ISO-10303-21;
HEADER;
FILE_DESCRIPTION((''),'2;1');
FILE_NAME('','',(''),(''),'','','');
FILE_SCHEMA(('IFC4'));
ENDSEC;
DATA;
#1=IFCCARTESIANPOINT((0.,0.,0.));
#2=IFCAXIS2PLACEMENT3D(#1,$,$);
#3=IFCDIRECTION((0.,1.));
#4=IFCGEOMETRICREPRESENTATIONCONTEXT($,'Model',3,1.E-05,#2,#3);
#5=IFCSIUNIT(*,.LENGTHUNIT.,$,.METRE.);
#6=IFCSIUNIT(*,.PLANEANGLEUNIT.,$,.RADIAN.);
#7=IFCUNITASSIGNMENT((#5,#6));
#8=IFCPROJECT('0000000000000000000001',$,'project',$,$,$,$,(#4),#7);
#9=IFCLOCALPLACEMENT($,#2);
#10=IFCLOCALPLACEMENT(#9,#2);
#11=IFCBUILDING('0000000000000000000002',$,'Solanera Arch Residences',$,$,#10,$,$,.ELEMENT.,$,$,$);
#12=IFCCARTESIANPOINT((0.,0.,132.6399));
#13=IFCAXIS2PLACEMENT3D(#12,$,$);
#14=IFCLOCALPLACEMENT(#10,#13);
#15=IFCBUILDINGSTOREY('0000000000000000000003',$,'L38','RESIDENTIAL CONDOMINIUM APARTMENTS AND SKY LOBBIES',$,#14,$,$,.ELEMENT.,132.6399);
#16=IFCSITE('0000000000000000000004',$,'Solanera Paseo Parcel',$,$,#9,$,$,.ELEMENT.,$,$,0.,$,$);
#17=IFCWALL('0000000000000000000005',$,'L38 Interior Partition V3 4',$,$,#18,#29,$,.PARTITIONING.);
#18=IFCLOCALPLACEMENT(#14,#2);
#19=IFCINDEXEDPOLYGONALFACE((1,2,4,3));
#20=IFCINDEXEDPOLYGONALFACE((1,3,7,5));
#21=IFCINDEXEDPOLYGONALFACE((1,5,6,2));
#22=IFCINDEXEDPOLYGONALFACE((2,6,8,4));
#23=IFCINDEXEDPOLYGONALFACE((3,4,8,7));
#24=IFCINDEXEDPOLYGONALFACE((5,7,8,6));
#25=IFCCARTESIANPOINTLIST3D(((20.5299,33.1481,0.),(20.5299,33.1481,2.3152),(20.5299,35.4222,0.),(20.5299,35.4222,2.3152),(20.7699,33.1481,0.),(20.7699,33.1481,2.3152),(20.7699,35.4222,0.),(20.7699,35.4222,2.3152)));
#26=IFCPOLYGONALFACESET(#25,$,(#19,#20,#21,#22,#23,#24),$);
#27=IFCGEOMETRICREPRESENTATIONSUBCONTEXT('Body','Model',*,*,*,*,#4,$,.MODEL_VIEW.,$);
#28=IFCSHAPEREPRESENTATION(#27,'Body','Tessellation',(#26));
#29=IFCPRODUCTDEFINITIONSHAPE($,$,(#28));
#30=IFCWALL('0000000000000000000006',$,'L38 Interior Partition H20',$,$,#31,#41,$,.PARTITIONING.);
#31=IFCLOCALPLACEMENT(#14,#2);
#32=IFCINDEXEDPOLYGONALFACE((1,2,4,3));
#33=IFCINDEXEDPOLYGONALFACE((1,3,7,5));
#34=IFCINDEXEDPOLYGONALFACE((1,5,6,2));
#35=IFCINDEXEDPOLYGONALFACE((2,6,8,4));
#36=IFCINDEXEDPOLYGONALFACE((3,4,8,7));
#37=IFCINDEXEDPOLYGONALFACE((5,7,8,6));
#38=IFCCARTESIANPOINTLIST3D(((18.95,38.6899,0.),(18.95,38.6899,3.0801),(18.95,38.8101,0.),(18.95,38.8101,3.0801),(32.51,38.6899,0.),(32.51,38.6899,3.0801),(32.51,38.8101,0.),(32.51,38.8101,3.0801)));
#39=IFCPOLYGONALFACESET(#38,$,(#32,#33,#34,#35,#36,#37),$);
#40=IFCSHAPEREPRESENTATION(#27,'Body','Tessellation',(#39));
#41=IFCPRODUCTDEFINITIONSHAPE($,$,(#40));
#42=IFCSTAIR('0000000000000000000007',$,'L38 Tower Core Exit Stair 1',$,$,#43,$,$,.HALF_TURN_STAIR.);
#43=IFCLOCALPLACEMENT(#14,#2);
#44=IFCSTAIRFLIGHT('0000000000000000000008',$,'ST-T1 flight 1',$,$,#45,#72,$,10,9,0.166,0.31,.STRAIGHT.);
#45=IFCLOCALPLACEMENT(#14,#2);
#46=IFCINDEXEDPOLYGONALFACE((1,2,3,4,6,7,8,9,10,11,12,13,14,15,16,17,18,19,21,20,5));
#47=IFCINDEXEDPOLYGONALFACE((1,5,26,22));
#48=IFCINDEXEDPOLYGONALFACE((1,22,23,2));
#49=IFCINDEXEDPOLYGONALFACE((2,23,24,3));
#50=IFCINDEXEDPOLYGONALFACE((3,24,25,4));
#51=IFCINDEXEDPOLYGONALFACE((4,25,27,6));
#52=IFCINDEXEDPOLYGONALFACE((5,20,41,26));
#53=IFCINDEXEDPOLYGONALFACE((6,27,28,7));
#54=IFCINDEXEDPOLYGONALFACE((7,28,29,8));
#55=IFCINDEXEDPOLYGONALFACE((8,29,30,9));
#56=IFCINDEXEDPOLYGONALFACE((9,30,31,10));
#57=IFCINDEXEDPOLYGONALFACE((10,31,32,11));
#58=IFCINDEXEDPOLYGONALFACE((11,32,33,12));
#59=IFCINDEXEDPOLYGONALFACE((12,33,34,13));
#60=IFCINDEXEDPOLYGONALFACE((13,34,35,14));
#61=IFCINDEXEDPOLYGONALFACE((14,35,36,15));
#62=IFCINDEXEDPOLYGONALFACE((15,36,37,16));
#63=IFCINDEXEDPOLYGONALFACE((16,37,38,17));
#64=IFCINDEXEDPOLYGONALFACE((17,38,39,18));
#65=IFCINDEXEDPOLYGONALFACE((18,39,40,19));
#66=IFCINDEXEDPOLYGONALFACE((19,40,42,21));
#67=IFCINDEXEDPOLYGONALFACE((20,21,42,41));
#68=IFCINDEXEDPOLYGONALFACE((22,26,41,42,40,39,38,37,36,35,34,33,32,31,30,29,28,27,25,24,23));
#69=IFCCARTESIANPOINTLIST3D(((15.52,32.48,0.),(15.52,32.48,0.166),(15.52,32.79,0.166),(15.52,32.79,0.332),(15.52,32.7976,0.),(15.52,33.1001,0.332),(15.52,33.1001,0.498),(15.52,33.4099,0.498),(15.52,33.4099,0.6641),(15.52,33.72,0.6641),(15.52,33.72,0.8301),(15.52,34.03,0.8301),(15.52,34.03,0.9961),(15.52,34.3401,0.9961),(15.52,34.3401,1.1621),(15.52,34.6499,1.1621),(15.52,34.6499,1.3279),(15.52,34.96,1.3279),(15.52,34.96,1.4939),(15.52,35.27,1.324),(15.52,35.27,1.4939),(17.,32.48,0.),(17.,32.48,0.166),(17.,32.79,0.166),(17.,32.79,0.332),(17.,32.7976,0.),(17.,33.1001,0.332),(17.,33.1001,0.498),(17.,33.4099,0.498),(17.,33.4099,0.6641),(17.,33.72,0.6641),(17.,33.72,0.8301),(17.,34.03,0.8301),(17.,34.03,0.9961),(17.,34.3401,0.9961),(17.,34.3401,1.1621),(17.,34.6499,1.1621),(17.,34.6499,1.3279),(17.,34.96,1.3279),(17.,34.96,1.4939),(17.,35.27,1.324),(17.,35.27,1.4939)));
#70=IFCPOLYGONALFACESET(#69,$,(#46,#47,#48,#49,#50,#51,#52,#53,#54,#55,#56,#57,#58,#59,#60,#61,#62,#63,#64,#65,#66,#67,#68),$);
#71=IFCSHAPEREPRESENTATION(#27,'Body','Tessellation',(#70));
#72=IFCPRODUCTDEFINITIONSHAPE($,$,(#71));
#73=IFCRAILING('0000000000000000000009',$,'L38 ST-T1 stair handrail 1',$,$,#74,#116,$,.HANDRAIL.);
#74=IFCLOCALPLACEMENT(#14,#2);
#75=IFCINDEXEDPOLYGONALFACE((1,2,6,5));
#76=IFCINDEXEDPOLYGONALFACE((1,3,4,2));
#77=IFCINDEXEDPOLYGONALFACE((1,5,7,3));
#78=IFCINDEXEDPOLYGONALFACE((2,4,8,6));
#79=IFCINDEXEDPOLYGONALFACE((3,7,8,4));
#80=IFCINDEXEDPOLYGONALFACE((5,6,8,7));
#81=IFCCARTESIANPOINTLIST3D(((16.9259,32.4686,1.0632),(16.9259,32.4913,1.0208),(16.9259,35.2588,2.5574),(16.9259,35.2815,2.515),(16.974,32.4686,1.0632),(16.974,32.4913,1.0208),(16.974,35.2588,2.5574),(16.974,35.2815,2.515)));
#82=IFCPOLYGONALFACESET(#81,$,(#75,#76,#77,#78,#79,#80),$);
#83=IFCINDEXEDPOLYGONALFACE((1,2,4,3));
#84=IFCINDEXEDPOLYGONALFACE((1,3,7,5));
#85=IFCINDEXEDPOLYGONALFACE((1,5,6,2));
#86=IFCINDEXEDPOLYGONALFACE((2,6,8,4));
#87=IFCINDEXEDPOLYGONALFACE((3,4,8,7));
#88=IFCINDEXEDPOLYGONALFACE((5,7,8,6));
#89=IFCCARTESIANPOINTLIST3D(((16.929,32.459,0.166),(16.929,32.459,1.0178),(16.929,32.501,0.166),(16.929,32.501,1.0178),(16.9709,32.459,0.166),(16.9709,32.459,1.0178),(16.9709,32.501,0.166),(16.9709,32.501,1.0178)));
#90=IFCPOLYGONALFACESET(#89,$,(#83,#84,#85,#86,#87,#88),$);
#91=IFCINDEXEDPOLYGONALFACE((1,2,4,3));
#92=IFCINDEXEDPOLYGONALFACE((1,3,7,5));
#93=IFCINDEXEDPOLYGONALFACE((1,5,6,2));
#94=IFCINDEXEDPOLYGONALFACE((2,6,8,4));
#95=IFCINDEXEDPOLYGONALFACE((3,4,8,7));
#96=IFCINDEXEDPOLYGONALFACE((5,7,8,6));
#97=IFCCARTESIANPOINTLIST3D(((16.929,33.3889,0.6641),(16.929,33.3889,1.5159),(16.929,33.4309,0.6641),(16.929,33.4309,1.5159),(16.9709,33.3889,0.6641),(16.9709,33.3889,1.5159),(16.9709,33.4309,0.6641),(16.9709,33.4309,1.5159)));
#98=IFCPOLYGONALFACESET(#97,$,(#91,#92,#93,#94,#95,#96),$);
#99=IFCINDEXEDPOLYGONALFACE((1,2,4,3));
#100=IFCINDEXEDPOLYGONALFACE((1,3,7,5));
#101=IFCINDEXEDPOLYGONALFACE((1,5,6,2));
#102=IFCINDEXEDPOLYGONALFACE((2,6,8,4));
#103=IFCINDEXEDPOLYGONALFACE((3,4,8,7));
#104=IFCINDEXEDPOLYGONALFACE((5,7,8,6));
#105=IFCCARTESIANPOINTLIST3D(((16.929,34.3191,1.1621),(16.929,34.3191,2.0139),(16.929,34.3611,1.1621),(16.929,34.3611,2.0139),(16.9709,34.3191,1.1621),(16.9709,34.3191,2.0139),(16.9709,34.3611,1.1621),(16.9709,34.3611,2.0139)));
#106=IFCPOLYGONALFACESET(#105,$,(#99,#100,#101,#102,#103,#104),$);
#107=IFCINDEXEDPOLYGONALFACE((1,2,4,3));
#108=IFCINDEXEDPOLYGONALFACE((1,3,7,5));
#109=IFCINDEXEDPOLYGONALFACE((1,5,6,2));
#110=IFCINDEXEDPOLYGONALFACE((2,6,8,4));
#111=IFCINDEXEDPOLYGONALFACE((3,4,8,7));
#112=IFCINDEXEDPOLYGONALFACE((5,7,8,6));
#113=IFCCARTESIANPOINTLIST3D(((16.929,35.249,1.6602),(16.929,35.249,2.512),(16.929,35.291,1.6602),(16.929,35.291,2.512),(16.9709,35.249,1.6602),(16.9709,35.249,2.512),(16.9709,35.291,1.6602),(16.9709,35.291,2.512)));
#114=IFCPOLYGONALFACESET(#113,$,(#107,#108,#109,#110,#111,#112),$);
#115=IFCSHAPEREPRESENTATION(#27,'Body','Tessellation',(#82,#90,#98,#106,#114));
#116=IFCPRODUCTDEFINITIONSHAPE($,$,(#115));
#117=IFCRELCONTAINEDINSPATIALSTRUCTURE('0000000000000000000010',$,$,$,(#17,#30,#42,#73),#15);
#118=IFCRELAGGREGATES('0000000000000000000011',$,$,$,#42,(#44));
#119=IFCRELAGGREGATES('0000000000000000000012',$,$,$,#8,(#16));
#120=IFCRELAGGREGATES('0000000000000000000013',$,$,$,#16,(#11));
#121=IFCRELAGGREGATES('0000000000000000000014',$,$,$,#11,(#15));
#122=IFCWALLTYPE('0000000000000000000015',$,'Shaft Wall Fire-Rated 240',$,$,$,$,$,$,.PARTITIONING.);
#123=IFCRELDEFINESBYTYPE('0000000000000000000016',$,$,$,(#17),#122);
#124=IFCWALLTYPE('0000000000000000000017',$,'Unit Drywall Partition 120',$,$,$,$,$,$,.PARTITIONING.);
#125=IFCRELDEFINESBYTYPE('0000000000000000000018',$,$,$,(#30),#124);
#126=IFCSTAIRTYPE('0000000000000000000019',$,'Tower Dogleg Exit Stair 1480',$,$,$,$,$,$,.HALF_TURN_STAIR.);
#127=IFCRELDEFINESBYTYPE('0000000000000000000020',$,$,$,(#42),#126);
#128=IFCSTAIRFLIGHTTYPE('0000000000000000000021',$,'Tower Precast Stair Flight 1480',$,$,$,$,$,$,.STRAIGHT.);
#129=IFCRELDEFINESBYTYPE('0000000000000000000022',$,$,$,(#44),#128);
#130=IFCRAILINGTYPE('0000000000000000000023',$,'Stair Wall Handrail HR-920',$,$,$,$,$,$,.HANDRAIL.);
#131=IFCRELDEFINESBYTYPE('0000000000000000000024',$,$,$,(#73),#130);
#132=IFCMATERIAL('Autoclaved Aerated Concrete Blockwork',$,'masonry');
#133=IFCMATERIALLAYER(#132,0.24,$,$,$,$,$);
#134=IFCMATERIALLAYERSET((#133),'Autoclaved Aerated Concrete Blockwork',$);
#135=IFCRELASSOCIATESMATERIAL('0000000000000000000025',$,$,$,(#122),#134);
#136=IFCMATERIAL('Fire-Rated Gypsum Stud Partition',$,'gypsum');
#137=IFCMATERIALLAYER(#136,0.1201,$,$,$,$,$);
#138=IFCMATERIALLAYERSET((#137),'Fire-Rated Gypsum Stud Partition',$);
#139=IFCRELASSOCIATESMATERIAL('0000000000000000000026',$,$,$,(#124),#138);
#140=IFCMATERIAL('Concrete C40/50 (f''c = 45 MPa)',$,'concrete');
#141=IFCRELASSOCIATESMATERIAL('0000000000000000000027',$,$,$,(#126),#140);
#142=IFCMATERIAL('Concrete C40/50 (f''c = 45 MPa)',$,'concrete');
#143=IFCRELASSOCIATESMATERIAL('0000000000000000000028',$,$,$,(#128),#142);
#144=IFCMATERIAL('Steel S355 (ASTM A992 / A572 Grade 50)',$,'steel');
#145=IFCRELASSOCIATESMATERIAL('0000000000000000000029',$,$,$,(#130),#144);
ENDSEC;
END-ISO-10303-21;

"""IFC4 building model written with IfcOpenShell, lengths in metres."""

from ifc_helpers import new_model, si_unit, direction, frame, frame_2d, origin, origin_2d, place, context, subcontext, project, spatial, polyline, rectangle, outline, extrude, material, layer, layer_set, type_object, element, aggregate, save


model = new_model("IFC4")

# Units and contexts
model_context = context("Model", 3, precision=1e-05, world=origin(), true_north=direction((0.0, 1.0)))
body_context = subcontext(model_context, "Body", "Model", "MODEL_VIEW")
ifc_project = project(units=[si_unit("LENGTHUNIT", "METRE"), si_unit("PLANEANGLEUNIT", "RADIAN")], contexts=[model_context])

# Site, building, storey
site_placement = place(None, origin())
site = spatial("IfcSite", under=ifc_project, at=site_placement, Name="Solanera Paseo Parcel", CompositionType="ELEMENT", RefElevation=0.0)
building_placement = place(site_placement, origin())
building = spatial("IfcBuilding", under=site, at=building_placement, Name="Solanera Arch Residences", CompositionType="ELEMENT")
storey_placement = place(building_placement, frame((0.0, 0.0, 132.6399)))
storey = spatial("IfcBuildingStorey", under=building, at=storey_placement, Name="L38", Description="RESIDENTIAL CONDOMINIUM APARTMENTS AND SKY LOBBIES", CompositionType="ELEMENT", Elevation=132.6399)

# Shared definitions
ifc_material_1 = material(Name="Autoclaved Aerated Concrete Blockwork", Category="masonry")
ifc_layer_1 = layer(ifc_material_1, 0.24)
ifc_layer_set_1 = layer_set([ifc_layer_1], Name="Autoclaved Aerated Concrete Blockwork")
wall_type_1 = type_object("IfcWallType", Name="Shaft Wall Fire-Rated 240", PredefinedType="PARTITIONING", material=ifc_layer_set_1)

# Walls
wall_1_placement = place(storey_placement, frame((20.6499, 33.1479, 0.0), z_axis=(0.0, 0.0, 1.0), x_axis=(0.0, 1.0, 0.0)))
element("IfcWall", 1, at=wall_1_placement, inside=storey, type_object=wall_type_1, Name="L38 Interior Partition V3 4", PredefinedType="PARTITIONING", context=body_context, shape_type="SweptSolid", body=[
    extrude(rectangle(XDim=2.2742, YDim=0.24, at=frame_2d((1.1372, 0.0))), origin(), (0.0, 0.0, 1.0), 2.3152),
])
ifc_material_2 = material(Name="Fire-Rated Gypsum Stud Partition", Category="gypsum")
ifc_layer_2 = layer(ifc_material_2, 0.1201)
ifc_layer_set_2 = layer_set([ifc_layer_2], Name="Fire-Rated Gypsum Stud Partition")
wall_type_2 = type_object("IfcWallType", Name="Unit Drywall Partition 120", PredefinedType="PARTITIONING", material=ifc_layer_set_2)
wall_2_placement = place(storey_placement, frame((18.95, 38.75, 0.0), z_axis=(0.0, 0.0, 1.0), x_axis=(1.0, 0.0, 0.0)))
element("IfcWall", 2, at=wall_2_placement, inside=storey, type_object=wall_type_2, Name="L38 Interior Partition H20", PredefinedType="PARTITIONING", context=body_context, shape_type="SweptSolid", body=[
    extrude(rectangle(XDim=13.5601, YDim=0.1201, at=frame_2d((6.78, 0.0))), origin(), (0.0, 0.0, 1.0), 3.0801),
])

# Stair, stair flight
ifc_material_3 = material(Name="Concrete C40/50 (f'c = 45 MPa)", Category="concrete")
stair_type = type_object("IfcStairType", Name="Tower Dogleg Exit Stair 1480", PredefinedType="HALF_TURN_STAIR", material=ifc_material_3)
stair_placement = place(storey_placement, origin())
stair = element("IfcStair", 3, at=stair_placement, inside=storey, type_object=stair_type, Name="L38 Tower Core Exit Stair 1", PredefinedType="HALF_TURN_STAIR")
ifc_material_4 = material(Name="Concrete C40/50 (f'c = 45 MPa)", Category="concrete")
stair_flight_type = type_object("IfcStairFlightType", Name="Tower Precast Stair Flight 1480", PredefinedType="STRAIGHT", material=ifc_material_4)
stair_flight_placement = place(storey_placement, frame((16.26, 32.48, 0.0), z_axis=(0.0, 0.0, 1.0), x_axis=(0.0, 1.0, 0.0)))
stair_flight = element("IfcStairFlight", 4, at=stair_flight_placement, type_object=stair_flight_type, Name="ST-T1 flight 1", NumberOfRisers=10, NumberOfTreads=9, PredefinedType="STRAIGHT", RiserHeight=0.166, TreadLength=0.31, context=body_context, shape_type="SweptSolid", body=[
    extrude(outline(polyline([(0.0, 0.0), (0.0, 0.166), (0.3101, 0.166), (0.3101, 0.332), (0.6201, 0.332), (0.6201, 0.498), (0.9299, 0.498), (0.9299, 0.6641), (1.24, 0.6641), (1.24, 0.8301), (1.55, 0.8301), (1.55, 0.9961), (1.8601, 0.9961), (1.8601, 1.1621), (2.1699, 1.1621), (2.1699, 1.3279), (2.48, 1.3279), (2.48, 1.4939), (2.79, 1.4939), (2.79, 1.6599), (2.79, 1.324), (0.3176, 0.0), (0.0, 0.0)])), frame((0.0, 0.74, 0.0), z_axis=(0.0, -1.0, 0.0), x_axis=(1.0, 0.0, 0.0)), (0.0, 0.0, 1.0), 1.48),
])
aggregate(stair, [stair_flight])

# Railing
ifc_material_5 = material(Name="Steel S355 (ASTM A992 / A572 Grade 50)", Category="steel")
railing_type = type_object("IfcRailingType", Name="Stair Wall Handrail HR-920", PredefinedType="HANDRAIL", material=ifc_material_5)
railing_placement = place(storey_placement, frame((16.95, 32.48, 0.166)))
element("IfcRailing", 5, at=railing_placement, inside=storey, type_object=railing_type, Name="L38 ST-T1 stair handrail 1", PredefinedType="HANDRAIL", context=body_context, shape_type="SweptSolid", body=[
    extrude(rectangle(XDim=0.0481, YDim=0.0481, at=origin_2d()), frame((0.0, 0.0, 0.876), z_axis=(0.0, 0.881549, 0.472093), x_axis=(-1.0, 0.0, 0.0)), (0.0, 0.0, 1.0), 3.165),
    extrude(rectangle(XDim=0.042, YDim=0.042, at=origin_2d()), origin(), (0.0, 0.0, 1.0), 0.8518),
    extrude(rectangle(XDim=0.042, YDim=0.042, at=origin_2d()), frame((0.0, 0.9299, 0.498)), (0.0, 0.0, 1.0), 0.8518),
    extrude(rectangle(XDim=0.042, YDim=0.042, at=origin_2d()), frame((0.0, 1.8601, 0.9961)), (0.0, 0.0, 1.0), 0.8518),
    extrude(rectangle(XDim=0.042, YDim=0.042, at=origin_2d()), frame((0.0, 2.79, 1.4941)), (0.0, 0.0, 1.0), 0.8518),
])

save(model, "model.ifc")
